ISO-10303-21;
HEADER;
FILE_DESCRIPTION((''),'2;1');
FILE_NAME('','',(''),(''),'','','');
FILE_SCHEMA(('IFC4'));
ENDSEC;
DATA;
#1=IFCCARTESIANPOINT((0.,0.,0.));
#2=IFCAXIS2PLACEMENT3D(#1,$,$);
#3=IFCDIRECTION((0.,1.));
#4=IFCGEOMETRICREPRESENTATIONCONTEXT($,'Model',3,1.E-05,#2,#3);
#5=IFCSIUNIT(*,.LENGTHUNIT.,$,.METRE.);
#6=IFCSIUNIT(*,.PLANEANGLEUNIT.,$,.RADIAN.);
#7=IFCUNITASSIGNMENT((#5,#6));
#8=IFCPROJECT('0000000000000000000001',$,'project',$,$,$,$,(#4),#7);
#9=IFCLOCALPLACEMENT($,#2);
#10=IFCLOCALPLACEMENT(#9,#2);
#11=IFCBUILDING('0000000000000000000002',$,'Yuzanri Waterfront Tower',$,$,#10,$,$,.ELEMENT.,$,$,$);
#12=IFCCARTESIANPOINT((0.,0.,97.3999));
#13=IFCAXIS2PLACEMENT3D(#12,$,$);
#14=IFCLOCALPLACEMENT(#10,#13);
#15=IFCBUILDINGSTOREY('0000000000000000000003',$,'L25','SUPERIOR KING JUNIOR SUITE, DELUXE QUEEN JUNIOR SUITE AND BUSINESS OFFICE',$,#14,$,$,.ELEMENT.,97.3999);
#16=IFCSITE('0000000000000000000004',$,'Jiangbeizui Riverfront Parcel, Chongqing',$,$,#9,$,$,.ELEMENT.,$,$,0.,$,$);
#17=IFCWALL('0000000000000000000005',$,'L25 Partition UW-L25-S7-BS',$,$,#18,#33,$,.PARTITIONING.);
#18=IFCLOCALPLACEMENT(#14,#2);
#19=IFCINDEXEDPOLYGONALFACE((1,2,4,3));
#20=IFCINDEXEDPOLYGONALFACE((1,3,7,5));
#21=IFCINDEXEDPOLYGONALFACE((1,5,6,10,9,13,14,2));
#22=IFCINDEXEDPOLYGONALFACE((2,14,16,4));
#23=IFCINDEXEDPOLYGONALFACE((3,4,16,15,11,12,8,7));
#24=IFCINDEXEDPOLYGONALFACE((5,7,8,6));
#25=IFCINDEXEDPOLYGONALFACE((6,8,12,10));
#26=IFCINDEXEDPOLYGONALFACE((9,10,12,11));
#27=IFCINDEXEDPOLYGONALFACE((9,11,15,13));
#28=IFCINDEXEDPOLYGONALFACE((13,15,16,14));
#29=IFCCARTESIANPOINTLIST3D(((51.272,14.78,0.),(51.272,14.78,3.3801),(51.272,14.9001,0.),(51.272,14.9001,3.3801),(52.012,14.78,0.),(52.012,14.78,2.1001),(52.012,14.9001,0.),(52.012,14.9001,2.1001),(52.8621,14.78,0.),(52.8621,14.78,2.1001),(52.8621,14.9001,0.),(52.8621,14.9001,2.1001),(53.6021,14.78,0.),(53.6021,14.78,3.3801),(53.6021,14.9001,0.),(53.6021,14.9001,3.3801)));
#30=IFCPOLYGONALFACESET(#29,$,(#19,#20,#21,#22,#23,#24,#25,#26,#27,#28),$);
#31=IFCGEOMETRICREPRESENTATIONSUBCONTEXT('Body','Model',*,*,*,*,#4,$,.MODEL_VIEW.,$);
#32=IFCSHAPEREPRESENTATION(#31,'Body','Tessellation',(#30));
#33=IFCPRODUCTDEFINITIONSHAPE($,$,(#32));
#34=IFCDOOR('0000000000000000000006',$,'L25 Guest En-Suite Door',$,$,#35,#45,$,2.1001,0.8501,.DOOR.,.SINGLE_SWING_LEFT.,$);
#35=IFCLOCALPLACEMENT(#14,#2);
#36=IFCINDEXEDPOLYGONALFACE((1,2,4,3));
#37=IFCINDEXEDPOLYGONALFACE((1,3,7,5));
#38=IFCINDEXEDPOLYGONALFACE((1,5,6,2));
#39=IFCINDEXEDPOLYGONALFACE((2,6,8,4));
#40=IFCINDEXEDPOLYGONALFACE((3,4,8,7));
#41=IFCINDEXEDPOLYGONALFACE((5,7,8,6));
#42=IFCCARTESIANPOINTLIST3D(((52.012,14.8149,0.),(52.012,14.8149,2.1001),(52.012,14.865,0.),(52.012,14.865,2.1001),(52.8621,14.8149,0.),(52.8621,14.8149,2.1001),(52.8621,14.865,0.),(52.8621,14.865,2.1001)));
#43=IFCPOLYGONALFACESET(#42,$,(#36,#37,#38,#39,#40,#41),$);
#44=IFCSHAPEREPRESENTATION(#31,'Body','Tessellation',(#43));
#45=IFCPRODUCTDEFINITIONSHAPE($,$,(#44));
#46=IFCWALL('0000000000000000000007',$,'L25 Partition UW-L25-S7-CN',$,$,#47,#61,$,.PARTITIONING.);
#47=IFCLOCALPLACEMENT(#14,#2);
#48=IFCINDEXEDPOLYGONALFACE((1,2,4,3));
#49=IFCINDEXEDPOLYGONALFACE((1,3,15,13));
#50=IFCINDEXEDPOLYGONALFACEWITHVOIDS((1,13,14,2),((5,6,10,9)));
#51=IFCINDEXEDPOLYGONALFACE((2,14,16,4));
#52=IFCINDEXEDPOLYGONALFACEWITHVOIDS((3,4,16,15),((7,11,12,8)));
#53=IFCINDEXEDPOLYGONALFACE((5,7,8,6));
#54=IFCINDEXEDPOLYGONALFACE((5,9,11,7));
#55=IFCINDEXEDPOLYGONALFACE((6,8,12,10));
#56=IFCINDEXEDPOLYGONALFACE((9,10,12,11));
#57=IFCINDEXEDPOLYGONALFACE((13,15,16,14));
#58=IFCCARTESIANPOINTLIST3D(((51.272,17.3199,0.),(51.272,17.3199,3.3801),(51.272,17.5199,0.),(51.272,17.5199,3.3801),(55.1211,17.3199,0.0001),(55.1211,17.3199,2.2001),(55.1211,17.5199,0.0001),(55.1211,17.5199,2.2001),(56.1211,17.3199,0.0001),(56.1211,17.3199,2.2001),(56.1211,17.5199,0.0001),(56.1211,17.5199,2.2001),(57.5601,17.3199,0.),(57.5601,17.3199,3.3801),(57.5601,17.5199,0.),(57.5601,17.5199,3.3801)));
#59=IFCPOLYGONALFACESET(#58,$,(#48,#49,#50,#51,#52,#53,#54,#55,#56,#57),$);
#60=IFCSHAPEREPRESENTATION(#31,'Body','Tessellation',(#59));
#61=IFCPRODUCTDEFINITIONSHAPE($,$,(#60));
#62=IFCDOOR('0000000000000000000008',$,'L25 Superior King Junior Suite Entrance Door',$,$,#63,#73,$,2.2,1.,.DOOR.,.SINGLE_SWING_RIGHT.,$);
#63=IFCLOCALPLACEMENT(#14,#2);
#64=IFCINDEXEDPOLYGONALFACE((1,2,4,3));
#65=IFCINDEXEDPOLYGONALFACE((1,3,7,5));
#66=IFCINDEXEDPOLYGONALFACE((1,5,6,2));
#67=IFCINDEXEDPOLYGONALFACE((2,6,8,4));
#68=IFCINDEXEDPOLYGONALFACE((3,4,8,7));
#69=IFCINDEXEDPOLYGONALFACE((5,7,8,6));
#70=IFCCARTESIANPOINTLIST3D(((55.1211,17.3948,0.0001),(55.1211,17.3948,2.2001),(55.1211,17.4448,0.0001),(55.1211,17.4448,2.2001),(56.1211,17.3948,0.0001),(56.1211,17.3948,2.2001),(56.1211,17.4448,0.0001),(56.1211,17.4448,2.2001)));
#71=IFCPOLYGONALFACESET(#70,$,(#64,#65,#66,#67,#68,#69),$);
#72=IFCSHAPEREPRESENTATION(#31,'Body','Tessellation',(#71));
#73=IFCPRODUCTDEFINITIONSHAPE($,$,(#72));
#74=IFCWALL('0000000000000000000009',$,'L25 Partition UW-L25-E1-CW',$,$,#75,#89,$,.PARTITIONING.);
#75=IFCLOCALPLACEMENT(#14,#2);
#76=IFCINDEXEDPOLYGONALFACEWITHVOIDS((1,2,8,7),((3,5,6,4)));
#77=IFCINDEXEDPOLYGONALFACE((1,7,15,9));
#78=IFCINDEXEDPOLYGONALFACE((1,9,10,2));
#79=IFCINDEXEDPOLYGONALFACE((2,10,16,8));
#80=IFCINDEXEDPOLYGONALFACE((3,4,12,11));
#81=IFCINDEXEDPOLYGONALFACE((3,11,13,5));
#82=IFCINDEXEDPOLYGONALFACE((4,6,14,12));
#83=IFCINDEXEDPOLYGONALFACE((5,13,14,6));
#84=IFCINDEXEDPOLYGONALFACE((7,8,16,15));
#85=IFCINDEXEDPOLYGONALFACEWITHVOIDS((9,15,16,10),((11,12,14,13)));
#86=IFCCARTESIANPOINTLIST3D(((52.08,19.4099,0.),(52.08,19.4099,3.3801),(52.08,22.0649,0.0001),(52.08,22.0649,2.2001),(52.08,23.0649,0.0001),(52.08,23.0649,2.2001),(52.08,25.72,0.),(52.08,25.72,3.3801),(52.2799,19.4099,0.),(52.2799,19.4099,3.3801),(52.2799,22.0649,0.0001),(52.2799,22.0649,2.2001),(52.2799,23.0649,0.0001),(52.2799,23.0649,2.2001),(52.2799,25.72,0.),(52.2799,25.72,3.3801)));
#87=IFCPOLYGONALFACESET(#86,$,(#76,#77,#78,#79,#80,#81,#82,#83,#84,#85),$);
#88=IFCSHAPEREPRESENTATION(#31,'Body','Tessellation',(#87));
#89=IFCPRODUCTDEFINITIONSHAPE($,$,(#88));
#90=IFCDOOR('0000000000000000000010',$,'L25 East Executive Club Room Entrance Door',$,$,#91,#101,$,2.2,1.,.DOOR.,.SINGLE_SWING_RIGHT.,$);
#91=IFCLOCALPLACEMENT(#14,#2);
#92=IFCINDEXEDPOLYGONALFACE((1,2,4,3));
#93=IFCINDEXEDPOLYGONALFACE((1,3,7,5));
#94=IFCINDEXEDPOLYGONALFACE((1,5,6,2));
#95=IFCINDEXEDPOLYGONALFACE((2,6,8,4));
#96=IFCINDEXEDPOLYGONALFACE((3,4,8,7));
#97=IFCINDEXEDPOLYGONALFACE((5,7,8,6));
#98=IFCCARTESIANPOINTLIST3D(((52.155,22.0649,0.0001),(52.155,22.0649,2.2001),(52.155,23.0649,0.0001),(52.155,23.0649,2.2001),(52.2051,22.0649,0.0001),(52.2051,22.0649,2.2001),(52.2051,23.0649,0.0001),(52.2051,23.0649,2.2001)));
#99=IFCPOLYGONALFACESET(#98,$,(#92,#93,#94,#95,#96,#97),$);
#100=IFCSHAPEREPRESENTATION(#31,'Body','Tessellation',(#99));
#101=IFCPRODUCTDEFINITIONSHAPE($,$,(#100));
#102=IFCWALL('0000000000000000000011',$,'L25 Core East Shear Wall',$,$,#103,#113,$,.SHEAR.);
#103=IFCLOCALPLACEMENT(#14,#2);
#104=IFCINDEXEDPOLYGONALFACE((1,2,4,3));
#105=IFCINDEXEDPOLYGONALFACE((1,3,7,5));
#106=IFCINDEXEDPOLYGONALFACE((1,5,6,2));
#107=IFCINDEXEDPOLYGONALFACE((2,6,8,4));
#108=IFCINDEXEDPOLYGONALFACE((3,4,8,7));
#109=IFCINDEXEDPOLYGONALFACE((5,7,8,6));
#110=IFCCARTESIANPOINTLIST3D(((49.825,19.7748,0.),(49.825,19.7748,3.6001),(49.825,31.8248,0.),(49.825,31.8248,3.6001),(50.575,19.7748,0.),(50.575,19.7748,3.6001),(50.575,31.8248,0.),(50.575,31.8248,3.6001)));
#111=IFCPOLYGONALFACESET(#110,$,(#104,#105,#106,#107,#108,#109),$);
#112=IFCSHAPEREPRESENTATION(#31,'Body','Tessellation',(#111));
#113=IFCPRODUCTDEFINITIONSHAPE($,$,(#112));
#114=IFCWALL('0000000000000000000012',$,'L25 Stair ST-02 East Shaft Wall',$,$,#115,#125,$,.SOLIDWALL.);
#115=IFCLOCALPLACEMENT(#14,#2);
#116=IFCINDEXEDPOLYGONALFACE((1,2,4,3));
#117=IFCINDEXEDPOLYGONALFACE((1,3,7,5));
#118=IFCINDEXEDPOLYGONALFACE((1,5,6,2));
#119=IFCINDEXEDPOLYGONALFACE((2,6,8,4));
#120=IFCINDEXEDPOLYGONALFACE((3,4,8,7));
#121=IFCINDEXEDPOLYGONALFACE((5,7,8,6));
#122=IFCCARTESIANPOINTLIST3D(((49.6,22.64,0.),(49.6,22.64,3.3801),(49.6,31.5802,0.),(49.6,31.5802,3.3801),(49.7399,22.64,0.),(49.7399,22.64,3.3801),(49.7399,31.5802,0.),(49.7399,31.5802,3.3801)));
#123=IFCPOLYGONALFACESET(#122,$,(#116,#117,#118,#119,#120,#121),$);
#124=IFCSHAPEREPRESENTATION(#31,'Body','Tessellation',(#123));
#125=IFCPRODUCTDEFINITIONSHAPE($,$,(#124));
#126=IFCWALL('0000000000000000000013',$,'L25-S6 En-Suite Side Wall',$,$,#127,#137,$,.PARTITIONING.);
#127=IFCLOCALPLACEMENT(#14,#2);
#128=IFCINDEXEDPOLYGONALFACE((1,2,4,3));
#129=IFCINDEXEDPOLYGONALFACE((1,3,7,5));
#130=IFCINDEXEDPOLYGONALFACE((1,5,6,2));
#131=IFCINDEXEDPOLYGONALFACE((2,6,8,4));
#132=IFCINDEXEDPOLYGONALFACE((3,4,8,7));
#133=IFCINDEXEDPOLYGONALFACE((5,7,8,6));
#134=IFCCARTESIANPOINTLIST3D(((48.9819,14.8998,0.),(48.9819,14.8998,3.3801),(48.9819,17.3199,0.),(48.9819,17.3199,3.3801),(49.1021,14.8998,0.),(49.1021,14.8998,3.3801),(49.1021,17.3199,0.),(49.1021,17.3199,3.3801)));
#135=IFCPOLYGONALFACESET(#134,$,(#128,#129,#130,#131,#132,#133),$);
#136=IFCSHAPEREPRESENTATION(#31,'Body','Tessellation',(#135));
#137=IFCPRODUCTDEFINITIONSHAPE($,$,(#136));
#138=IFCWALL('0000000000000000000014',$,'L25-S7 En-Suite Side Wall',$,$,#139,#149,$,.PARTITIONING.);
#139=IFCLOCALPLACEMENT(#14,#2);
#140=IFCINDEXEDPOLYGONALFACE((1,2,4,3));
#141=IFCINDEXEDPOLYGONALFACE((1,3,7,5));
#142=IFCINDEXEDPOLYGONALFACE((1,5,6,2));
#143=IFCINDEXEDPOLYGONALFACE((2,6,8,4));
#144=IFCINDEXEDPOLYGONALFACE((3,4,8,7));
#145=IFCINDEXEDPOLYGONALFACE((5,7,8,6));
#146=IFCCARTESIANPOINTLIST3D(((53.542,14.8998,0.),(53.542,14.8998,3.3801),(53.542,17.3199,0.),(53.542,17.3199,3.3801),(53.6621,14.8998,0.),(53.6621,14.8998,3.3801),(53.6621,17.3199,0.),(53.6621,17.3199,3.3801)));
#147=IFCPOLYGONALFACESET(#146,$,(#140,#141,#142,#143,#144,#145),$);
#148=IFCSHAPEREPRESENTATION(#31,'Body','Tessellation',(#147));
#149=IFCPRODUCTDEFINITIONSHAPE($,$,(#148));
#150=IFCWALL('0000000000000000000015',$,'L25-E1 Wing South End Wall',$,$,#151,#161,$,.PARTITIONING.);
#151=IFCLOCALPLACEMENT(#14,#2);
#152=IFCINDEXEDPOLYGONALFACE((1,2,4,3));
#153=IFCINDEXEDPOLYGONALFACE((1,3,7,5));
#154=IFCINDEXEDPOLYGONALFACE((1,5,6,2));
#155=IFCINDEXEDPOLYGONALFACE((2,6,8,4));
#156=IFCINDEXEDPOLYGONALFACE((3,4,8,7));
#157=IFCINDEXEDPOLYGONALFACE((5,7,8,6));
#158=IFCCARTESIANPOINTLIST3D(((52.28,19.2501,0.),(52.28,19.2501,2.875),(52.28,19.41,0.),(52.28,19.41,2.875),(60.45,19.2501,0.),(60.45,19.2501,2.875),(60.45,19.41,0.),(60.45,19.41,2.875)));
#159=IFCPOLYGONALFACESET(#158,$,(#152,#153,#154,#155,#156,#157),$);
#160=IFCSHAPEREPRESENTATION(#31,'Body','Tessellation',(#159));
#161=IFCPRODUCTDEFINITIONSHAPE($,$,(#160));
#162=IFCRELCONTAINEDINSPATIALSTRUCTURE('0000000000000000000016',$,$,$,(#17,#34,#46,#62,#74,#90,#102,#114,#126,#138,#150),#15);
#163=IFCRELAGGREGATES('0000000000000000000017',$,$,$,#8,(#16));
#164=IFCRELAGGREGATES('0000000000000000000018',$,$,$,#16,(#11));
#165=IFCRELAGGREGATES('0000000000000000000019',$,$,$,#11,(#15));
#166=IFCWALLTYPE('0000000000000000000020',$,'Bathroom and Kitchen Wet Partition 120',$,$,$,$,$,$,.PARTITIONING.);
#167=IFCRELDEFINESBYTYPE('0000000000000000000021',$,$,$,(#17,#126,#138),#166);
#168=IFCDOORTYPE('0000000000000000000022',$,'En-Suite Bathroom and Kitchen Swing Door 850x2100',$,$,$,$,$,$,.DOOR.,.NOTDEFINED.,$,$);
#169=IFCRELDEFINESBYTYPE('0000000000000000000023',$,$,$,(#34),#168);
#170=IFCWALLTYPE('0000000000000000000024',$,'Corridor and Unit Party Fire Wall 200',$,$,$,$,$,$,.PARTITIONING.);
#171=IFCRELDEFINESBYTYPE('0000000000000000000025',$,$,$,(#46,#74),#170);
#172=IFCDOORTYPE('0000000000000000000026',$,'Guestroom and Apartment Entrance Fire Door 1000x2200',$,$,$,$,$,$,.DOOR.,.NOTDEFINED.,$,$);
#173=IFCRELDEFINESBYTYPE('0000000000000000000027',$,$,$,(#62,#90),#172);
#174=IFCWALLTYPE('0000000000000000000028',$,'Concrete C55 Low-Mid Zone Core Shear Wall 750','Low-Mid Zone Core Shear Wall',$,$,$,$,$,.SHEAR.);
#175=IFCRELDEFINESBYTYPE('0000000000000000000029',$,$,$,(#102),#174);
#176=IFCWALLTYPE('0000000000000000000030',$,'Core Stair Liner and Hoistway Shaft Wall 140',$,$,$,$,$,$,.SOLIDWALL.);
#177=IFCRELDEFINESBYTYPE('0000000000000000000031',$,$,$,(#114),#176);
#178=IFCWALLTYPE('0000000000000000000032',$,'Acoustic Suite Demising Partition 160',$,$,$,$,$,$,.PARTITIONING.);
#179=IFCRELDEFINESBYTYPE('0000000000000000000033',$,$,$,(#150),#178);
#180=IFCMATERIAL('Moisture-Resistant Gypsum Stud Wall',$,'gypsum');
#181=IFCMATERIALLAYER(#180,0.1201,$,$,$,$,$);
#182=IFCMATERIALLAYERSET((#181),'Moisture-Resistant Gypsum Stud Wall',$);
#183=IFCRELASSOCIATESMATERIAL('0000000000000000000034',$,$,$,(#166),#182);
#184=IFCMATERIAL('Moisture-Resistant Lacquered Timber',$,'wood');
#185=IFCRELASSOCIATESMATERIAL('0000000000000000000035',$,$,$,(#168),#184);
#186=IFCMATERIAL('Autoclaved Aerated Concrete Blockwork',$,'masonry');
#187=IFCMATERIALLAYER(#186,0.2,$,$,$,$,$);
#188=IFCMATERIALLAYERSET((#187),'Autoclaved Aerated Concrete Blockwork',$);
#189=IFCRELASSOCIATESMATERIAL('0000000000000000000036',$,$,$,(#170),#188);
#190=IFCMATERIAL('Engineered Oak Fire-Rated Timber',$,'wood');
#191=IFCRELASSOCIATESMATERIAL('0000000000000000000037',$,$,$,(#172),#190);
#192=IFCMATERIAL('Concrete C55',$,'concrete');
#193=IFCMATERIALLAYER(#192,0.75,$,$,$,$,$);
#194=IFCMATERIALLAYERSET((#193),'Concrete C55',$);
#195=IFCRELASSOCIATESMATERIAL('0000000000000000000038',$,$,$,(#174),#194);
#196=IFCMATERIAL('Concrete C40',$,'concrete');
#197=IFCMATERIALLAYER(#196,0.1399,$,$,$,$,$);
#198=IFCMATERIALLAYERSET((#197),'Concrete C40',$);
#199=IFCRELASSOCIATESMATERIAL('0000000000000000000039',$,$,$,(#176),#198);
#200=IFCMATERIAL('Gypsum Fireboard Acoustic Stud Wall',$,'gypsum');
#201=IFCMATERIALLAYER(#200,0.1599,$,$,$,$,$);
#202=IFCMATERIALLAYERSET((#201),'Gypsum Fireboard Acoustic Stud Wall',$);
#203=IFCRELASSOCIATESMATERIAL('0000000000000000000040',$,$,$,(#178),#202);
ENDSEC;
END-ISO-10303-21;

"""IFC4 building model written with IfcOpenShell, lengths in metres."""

from ifc_helpers import new_model, si_unit, direction, frame, frame_2d, origin, place, context, subcontext, project, spatial, rectangle, extrude, source, transform, mapped, material, layer, layer_set, type_object, element, fill, save


model = new_model("IFC4")

# Units and contexts
model_context = context("Model", 3, precision=1e-05, world=origin(), true_north=direction((0.0, 1.0)))
body_context = subcontext(model_context, "Body", "Model", "MODEL_VIEW")
ifc_project = project(units=[si_unit("LENGTHUNIT", "METRE"), si_unit("PLANEANGLEUNIT", "RADIAN")], contexts=[model_context])

# Site, building, storey
site_placement = place(None, origin())
site = spatial("IfcSite", under=ifc_project, at=site_placement, Name="Jiangbeizui Riverfront Parcel, Chongqing", CompositionType="ELEMENT", RefElevation=0.0)
building_placement = place(site_placement, origin())
building = spatial("IfcBuilding", under=site, at=building_placement, Name="Yuzanri Waterfront Tower", CompositionType="ELEMENT")
storey_placement = place(building_placement, frame((0.0, 0.0, 97.3999)))
storey = spatial("IfcBuildingStorey", under=building, at=storey_placement, Name="L25", Description="SUPERIOR KING JUNIOR SUITE, DELUXE QUEEN JUNIOR SUITE AND BUSINESS OFFICE", CompositionType="ELEMENT", Elevation=97.3999)

# Walls, openings, doors
ifc_material_1 = material(Name="Moisture-Resistant Gypsum Stud Wall", Category="gypsum")
ifc_layer_1 = layer(ifc_material_1, 0.1201)
ifc_layer_set_1 = layer_set([ifc_layer_1], Name="Moisture-Resistant Gypsum Stud Wall")
wall_type_1 = type_object("IfcWallType", Name="Bathroom and Kitchen Wet Partition 120", PredefinedType="PARTITIONING", material=ifc_layer_set_1)
wall_1_placement = place(storey_placement, frame((51.272, 14.8401, 0.0), z_axis=(0.0, 0.0, 1.0), x_axis=(1.0, 0.0, 0.0)))
wall_1 = element("IfcWall", 1, at=wall_1_placement, inside=storey, type_object=wall_type_1, Name="L25 Partition UW-L25-S7-BS", PredefinedType="PARTITIONING", context=body_context, shape_type="SweptSolid", body=[
    extrude(rectangle(XDim=2.3301, YDim=0.1201, at=frame_2d((1.165, 0.0))), origin(), (0.0, 0.0, 1.0), 3.3801),
])
opening_1_placement = place(wall_1_placement, frame((0.74, 0.0, 0.0)))
opening_1 = element("IfcOpeningElement", 2, at=opening_1_placement, cuts=wall_1, PredefinedType="OPENING", context=body_context, shape_type="SweptSolid", body=[
    extrude(rectangle(XDim=0.8501, YDim=2.1001, at=frame_2d((0.425, 1.05))), frame((0.0, 0.075, 0.0), z_axis=(0.0, -1.0, 0.0), x_axis=(1.0, 0.0, 0.0)), (0.0, 0.0, 1.0), 0.1499),
])
ifc_material_2 = material(Name="Moisture-Resistant Lacquered Timber", Category="wood")
door_type_1 = type_object("IfcDoorType", Name="En-Suite Bathroom and Kitchen Swing Door 850x2100", OperationType="NOTDEFINED", PredefinedType="DOOR", material=ifc_material_2)
shared_shape_1 = source(origin(), body_context, "Body", "SweptSolid", [
    extrude(rectangle(XDim=0.8501, YDim=2.1001, at=frame_2d((0.425, 1.05))), frame((0.0, 0.0249, 0.0), z_axis=(0.0, -1.0, 0.0), x_axis=(1.0, 0.0, 0.0)), (0.0, 0.0, 1.0), 0.05),
])
door_1_placement = place(opening_1_placement, origin())
door_1 = element("IfcDoor", 3, at=door_1_placement, inside=storey, type_object=door_type_1, Name="L25 Guest En-Suite Door", OperationType="SINGLE_SWING_LEFT", OverallHeight=2.1001, OverallWidth=0.8501, PredefinedType="DOOR", context=body_context, shape_type="MappedRepresentation", body=[
    mapped(shared_shape_1, transform((0.0, 0.0, 0.0), scale=1.0)),
])
fill(opening_1, door_1)
ifc_material_3 = material(Name="Autoclaved Aerated Concrete Blockwork", Category="masonry")
ifc_layer_2 = layer(ifc_material_3, 0.2)
ifc_layer_set_2 = layer_set([ifc_layer_2], Name="Autoclaved Aerated Concrete Blockwork")
wall_type_2 = type_object("IfcWallType", Name="Corridor and Unit Party Fire Wall 200", PredefinedType="PARTITIONING", material=ifc_layer_set_2)
wall_2_placement = place(storey_placement, frame((51.272, 17.4199, 0.0), z_axis=(0.0, 0.0, 1.0), x_axis=(1.0, 0.0, 0.0)))
wall_2 = element("IfcWall", 4, at=wall_2_placement, inside=storey, type_object=wall_type_2, Name="L25 Partition UW-L25-S7-CN", PredefinedType="PARTITIONING", context=body_context, shape_type="SweptSolid", body=[
    extrude(rectangle(XDim=6.2881, YDim=0.2, at=frame_2d((3.144, 0.0))), origin(), (0.0, 0.0, 1.0), 3.3801),
])
opening_2_placement = place(wall_2_placement, frame((3.8491, 0.0, 0.0)))
opening_2 = element("IfcOpeningElement", 5, at=opening_2_placement, cuts=wall_2, PredefinedType="OPENING", context=body_context, shape_type="SweptSolid", body=[
    extrude(rectangle(XDim=1.0, YDim=2.2, at=frame_2d((0.5, 1.1001))), frame((0.0, 0.1147, 0.0), z_axis=(0.0, -1.0, 0.0), x_axis=(1.0, 0.0, 0.0)), (0.0, 0.0, 1.0), 0.2297),
])
ifc_material_4 = material(Name="Engineered Oak Fire-Rated Timber", Category="wood")
door_type_2 = type_object("IfcDoorType", Name="Guestroom and Apartment Entrance Fire Door 1000x2200", OperationType="NOTDEFINED", PredefinedType="DOOR", material=ifc_material_4)
shared_shape_2 = source(origin(), body_context, "Body", "SweptSolid", [
    extrude(rectangle(XDim=1.0, YDim=2.2, at=frame_2d((0.5, 1.1001))), frame((0.0, 0.0249, 0.0), z_axis=(0.0, -1.0, 0.0), x_axis=(1.0, 0.0, 0.0)), (0.0, 0.0, 1.0), 0.05),
])
door_2_placement = place(opening_2_placement, origin())
door_2 = element("IfcDoor", 6, at=door_2_placement, inside=storey, type_object=door_type_2, Name="L25 Superior King Junior Suite Entrance Door", OperationType="SINGLE_SWING_RIGHT", OverallHeight=2.2, OverallWidth=1.0, PredefinedType="DOOR", context=body_context, shape_type="MappedRepresentation", body=[
    mapped(shared_shape_2, transform((0.0, 0.0, 0.0), scale=1.0)),
])
fill(opening_2, door_2)
wall_3_placement = place(storey_placement, frame((52.1799, 19.4099, 0.0), z_axis=(0.0, 0.0, 1.0), x_axis=(0.0, 1.0, 0.0)))
wall_3 = element("IfcWall", 7, at=wall_3_placement, inside=storey, type_object=wall_type_2, Name="L25 Partition UW-L25-E1-CW", PredefinedType="PARTITIONING", context=body_context, shape_type="SweptSolid", body=[
    extrude(rectangle(XDim=6.3101, YDim=0.2, at=frame_2d((3.155, 0.0))), origin(), (0.0, 0.0, 1.0), 3.3801),
])
opening_3_placement = place(wall_3_placement, frame((2.655, 0.0, 0.0)))
opening_3 = element("IfcOpeningElement", 8, at=opening_3_placement, cuts=wall_3, PredefinedType="OPENING", context=body_context, shape_type="SweptSolid", body=[
    extrude(rectangle(XDim=1.0, YDim=2.2, at=frame_2d((0.5, 1.1001))), frame((0.0, 0.1147, 0.0), z_axis=(0.0, -1.0, 0.0), x_axis=(1.0, 0.0, 0.0)), (0.0, 0.0, 1.0), 0.2297),
])
door_3_placement = place(opening_3_placement, origin())
door_3 = element("IfcDoor", 9, at=door_3_placement, inside=storey, type_object=door_type_2, Name="L25 East Executive Club Room Entrance Door", OperationType="SINGLE_SWING_RIGHT", OverallHeight=2.2, OverallWidth=1.0, PredefinedType="DOOR", context=body_context, shape_type="MappedRepresentation", body=[
    mapped(shared_shape_2, transform((0.0, 0.0, 0.0), scale=1.0)),
])
fill(opening_3, door_3)

# Walls
ifc_material_5 = material(Name="Concrete C55", Category="concrete")
ifc_layer_3 = layer(ifc_material_5, 0.75)
ifc_layer_set_3 = layer_set([ifc_layer_3], Name="Concrete C55")
wall_type_3 = type_object("IfcWallType", Name="Concrete C55 Low-Mid Zone Core Shear Wall 750", Description="Low-Mid Zone Core Shear Wall", PredefinedType="SHEAR", material=ifc_layer_set_3)
shared_shape_3 = source(origin(), body_context, "Body", "SweptSolid", [
    extrude(rectangle(XDim=12.05, YDim=0.75, at=frame_2d((6.0249, 0.0))), origin(), (0.0, 0.0, 1.0), 3.6001),
])
wall_4_placement = place(storey_placement, frame((50.2, 19.7749, 0.0), z_axis=(0.0, 0.0, 1.0), x_axis=(0.0, 1.0, 0.0)))
element("IfcWall", 10, at=wall_4_placement, inside=storey, type_object=wall_type_3, Name="L25 Core East Shear Wall", PredefinedType="SHEAR", context=body_context, shape_type="MappedRepresentation", body=[
    mapped(shared_shape_3, transform((0.0, 0.0, 0.0), scale=1.0)),
])
ifc_material_6 = material(Name="Concrete C40", Category="concrete")
ifc_layer_4 = layer(ifc_material_6, 0.1399)
ifc_layer_set_4 = layer_set([ifc_layer_4], Name="Concrete C40")
wall_type_4 = type_object("IfcWallType", Name="Core Stair Liner and Hoistway Shaft Wall 140", PredefinedType="SOLIDWALL", material=ifc_layer_set_4)
shared_shape_4 = source(origin(), body_context, "Body", "SweptSolid", [
    extrude(rectangle(XDim=8.9402, YDim=0.1399, at=frame_2d((4.4702, 0.0))), origin(), (0.0, 0.0, 1.0), 3.3801),
])
wall_5_placement = place(storey_placement, frame((49.6699, 22.6399, 0.0), z_axis=(0.0, 0.0, 1.0), x_axis=(0.0, 1.0, 0.0)))
element("IfcWall", 11, at=wall_5_placement, inside=storey, type_object=wall_type_4, Name="L25 Stair ST-02 East Shaft Wall", PredefinedType="SOLIDWALL", context=body_context, shape_type="MappedRepresentation", body=[
    mapped(shared_shape_4, transform((0.0, 0.0, 0.0), scale=1.0)),
])
shared_shape_5 = source(origin(), body_context, "Body", "SweptSolid", [
    extrude(rectangle(XDim=2.4202, YDim=0.1201, at=frame_2d((1.21, 0.0))), origin(), (0.0, 0.0, 1.0), 3.3801),
])
for number, where, z_axis, x_axis, name in (
    (12, (49.042, 14.8999, 0.0), (0.0, 0.0, 1.0), (0.0, 1.0, 0.0), "L25-S6 En-Suite Side Wall"),
    (13, (53.6021, 14.8999, 0.0), (0.0, 0.0, 1.0), (0.0, 1.0, 0.0), "L25-S7 En-Suite Side Wall"),
):
    element("IfcWall", number, at=place(storey_placement, frame(where, z_axis=z_axis, x_axis=x_axis)), inside=storey, type_object=wall_type_1, Name=name, PredefinedType="PARTITIONING", context=body_context, shape_type="MappedRepresentation", body=[
        mapped(shared_shape_5, transform((0.0, 0.0, 0.0), scale=1.0)),
    ])
ifc_material_7 = material(Name="Gypsum Fireboard Acoustic Stud Wall", Category="gypsum")
ifc_layer_5 = layer(ifc_material_7, 0.1599)
ifc_layer_set_5 = layer_set([ifc_layer_5], Name="Gypsum Fireboard Acoustic Stud Wall")
wall_type_5 = type_object("IfcWallType", Name="Acoustic Suite Demising Partition 160", PredefinedType="PARTITIONING", material=ifc_layer_set_5)
shared_shape_6 = source(origin(), body_context, "Body", "SweptSolid", [
    extrude(rectangle(XDim=8.1699, YDim=0.1599, at=frame_2d((4.085, 0.0))), origin(), (0.0, 0.0, 1.0), 2.875),
])
wall_6_placement = place(storey_placement, frame((52.28, 19.3301, 0.0), z_axis=(0.0, 0.0, 1.0), x_axis=(1.0, 0.0, 0.0)))
element("IfcWall", 14, at=wall_6_placement, inside=storey, type_object=wall_type_5, Name="L25-E1 Wing South End Wall", PredefinedType="PARTITIONING", context=body_context, shape_type="MappedRepresentation", body=[
    mapped(shared_shape_6, transform((0.0, 0.0, 0.0), scale=1.0)),
])

save(model, "model.ifc")
